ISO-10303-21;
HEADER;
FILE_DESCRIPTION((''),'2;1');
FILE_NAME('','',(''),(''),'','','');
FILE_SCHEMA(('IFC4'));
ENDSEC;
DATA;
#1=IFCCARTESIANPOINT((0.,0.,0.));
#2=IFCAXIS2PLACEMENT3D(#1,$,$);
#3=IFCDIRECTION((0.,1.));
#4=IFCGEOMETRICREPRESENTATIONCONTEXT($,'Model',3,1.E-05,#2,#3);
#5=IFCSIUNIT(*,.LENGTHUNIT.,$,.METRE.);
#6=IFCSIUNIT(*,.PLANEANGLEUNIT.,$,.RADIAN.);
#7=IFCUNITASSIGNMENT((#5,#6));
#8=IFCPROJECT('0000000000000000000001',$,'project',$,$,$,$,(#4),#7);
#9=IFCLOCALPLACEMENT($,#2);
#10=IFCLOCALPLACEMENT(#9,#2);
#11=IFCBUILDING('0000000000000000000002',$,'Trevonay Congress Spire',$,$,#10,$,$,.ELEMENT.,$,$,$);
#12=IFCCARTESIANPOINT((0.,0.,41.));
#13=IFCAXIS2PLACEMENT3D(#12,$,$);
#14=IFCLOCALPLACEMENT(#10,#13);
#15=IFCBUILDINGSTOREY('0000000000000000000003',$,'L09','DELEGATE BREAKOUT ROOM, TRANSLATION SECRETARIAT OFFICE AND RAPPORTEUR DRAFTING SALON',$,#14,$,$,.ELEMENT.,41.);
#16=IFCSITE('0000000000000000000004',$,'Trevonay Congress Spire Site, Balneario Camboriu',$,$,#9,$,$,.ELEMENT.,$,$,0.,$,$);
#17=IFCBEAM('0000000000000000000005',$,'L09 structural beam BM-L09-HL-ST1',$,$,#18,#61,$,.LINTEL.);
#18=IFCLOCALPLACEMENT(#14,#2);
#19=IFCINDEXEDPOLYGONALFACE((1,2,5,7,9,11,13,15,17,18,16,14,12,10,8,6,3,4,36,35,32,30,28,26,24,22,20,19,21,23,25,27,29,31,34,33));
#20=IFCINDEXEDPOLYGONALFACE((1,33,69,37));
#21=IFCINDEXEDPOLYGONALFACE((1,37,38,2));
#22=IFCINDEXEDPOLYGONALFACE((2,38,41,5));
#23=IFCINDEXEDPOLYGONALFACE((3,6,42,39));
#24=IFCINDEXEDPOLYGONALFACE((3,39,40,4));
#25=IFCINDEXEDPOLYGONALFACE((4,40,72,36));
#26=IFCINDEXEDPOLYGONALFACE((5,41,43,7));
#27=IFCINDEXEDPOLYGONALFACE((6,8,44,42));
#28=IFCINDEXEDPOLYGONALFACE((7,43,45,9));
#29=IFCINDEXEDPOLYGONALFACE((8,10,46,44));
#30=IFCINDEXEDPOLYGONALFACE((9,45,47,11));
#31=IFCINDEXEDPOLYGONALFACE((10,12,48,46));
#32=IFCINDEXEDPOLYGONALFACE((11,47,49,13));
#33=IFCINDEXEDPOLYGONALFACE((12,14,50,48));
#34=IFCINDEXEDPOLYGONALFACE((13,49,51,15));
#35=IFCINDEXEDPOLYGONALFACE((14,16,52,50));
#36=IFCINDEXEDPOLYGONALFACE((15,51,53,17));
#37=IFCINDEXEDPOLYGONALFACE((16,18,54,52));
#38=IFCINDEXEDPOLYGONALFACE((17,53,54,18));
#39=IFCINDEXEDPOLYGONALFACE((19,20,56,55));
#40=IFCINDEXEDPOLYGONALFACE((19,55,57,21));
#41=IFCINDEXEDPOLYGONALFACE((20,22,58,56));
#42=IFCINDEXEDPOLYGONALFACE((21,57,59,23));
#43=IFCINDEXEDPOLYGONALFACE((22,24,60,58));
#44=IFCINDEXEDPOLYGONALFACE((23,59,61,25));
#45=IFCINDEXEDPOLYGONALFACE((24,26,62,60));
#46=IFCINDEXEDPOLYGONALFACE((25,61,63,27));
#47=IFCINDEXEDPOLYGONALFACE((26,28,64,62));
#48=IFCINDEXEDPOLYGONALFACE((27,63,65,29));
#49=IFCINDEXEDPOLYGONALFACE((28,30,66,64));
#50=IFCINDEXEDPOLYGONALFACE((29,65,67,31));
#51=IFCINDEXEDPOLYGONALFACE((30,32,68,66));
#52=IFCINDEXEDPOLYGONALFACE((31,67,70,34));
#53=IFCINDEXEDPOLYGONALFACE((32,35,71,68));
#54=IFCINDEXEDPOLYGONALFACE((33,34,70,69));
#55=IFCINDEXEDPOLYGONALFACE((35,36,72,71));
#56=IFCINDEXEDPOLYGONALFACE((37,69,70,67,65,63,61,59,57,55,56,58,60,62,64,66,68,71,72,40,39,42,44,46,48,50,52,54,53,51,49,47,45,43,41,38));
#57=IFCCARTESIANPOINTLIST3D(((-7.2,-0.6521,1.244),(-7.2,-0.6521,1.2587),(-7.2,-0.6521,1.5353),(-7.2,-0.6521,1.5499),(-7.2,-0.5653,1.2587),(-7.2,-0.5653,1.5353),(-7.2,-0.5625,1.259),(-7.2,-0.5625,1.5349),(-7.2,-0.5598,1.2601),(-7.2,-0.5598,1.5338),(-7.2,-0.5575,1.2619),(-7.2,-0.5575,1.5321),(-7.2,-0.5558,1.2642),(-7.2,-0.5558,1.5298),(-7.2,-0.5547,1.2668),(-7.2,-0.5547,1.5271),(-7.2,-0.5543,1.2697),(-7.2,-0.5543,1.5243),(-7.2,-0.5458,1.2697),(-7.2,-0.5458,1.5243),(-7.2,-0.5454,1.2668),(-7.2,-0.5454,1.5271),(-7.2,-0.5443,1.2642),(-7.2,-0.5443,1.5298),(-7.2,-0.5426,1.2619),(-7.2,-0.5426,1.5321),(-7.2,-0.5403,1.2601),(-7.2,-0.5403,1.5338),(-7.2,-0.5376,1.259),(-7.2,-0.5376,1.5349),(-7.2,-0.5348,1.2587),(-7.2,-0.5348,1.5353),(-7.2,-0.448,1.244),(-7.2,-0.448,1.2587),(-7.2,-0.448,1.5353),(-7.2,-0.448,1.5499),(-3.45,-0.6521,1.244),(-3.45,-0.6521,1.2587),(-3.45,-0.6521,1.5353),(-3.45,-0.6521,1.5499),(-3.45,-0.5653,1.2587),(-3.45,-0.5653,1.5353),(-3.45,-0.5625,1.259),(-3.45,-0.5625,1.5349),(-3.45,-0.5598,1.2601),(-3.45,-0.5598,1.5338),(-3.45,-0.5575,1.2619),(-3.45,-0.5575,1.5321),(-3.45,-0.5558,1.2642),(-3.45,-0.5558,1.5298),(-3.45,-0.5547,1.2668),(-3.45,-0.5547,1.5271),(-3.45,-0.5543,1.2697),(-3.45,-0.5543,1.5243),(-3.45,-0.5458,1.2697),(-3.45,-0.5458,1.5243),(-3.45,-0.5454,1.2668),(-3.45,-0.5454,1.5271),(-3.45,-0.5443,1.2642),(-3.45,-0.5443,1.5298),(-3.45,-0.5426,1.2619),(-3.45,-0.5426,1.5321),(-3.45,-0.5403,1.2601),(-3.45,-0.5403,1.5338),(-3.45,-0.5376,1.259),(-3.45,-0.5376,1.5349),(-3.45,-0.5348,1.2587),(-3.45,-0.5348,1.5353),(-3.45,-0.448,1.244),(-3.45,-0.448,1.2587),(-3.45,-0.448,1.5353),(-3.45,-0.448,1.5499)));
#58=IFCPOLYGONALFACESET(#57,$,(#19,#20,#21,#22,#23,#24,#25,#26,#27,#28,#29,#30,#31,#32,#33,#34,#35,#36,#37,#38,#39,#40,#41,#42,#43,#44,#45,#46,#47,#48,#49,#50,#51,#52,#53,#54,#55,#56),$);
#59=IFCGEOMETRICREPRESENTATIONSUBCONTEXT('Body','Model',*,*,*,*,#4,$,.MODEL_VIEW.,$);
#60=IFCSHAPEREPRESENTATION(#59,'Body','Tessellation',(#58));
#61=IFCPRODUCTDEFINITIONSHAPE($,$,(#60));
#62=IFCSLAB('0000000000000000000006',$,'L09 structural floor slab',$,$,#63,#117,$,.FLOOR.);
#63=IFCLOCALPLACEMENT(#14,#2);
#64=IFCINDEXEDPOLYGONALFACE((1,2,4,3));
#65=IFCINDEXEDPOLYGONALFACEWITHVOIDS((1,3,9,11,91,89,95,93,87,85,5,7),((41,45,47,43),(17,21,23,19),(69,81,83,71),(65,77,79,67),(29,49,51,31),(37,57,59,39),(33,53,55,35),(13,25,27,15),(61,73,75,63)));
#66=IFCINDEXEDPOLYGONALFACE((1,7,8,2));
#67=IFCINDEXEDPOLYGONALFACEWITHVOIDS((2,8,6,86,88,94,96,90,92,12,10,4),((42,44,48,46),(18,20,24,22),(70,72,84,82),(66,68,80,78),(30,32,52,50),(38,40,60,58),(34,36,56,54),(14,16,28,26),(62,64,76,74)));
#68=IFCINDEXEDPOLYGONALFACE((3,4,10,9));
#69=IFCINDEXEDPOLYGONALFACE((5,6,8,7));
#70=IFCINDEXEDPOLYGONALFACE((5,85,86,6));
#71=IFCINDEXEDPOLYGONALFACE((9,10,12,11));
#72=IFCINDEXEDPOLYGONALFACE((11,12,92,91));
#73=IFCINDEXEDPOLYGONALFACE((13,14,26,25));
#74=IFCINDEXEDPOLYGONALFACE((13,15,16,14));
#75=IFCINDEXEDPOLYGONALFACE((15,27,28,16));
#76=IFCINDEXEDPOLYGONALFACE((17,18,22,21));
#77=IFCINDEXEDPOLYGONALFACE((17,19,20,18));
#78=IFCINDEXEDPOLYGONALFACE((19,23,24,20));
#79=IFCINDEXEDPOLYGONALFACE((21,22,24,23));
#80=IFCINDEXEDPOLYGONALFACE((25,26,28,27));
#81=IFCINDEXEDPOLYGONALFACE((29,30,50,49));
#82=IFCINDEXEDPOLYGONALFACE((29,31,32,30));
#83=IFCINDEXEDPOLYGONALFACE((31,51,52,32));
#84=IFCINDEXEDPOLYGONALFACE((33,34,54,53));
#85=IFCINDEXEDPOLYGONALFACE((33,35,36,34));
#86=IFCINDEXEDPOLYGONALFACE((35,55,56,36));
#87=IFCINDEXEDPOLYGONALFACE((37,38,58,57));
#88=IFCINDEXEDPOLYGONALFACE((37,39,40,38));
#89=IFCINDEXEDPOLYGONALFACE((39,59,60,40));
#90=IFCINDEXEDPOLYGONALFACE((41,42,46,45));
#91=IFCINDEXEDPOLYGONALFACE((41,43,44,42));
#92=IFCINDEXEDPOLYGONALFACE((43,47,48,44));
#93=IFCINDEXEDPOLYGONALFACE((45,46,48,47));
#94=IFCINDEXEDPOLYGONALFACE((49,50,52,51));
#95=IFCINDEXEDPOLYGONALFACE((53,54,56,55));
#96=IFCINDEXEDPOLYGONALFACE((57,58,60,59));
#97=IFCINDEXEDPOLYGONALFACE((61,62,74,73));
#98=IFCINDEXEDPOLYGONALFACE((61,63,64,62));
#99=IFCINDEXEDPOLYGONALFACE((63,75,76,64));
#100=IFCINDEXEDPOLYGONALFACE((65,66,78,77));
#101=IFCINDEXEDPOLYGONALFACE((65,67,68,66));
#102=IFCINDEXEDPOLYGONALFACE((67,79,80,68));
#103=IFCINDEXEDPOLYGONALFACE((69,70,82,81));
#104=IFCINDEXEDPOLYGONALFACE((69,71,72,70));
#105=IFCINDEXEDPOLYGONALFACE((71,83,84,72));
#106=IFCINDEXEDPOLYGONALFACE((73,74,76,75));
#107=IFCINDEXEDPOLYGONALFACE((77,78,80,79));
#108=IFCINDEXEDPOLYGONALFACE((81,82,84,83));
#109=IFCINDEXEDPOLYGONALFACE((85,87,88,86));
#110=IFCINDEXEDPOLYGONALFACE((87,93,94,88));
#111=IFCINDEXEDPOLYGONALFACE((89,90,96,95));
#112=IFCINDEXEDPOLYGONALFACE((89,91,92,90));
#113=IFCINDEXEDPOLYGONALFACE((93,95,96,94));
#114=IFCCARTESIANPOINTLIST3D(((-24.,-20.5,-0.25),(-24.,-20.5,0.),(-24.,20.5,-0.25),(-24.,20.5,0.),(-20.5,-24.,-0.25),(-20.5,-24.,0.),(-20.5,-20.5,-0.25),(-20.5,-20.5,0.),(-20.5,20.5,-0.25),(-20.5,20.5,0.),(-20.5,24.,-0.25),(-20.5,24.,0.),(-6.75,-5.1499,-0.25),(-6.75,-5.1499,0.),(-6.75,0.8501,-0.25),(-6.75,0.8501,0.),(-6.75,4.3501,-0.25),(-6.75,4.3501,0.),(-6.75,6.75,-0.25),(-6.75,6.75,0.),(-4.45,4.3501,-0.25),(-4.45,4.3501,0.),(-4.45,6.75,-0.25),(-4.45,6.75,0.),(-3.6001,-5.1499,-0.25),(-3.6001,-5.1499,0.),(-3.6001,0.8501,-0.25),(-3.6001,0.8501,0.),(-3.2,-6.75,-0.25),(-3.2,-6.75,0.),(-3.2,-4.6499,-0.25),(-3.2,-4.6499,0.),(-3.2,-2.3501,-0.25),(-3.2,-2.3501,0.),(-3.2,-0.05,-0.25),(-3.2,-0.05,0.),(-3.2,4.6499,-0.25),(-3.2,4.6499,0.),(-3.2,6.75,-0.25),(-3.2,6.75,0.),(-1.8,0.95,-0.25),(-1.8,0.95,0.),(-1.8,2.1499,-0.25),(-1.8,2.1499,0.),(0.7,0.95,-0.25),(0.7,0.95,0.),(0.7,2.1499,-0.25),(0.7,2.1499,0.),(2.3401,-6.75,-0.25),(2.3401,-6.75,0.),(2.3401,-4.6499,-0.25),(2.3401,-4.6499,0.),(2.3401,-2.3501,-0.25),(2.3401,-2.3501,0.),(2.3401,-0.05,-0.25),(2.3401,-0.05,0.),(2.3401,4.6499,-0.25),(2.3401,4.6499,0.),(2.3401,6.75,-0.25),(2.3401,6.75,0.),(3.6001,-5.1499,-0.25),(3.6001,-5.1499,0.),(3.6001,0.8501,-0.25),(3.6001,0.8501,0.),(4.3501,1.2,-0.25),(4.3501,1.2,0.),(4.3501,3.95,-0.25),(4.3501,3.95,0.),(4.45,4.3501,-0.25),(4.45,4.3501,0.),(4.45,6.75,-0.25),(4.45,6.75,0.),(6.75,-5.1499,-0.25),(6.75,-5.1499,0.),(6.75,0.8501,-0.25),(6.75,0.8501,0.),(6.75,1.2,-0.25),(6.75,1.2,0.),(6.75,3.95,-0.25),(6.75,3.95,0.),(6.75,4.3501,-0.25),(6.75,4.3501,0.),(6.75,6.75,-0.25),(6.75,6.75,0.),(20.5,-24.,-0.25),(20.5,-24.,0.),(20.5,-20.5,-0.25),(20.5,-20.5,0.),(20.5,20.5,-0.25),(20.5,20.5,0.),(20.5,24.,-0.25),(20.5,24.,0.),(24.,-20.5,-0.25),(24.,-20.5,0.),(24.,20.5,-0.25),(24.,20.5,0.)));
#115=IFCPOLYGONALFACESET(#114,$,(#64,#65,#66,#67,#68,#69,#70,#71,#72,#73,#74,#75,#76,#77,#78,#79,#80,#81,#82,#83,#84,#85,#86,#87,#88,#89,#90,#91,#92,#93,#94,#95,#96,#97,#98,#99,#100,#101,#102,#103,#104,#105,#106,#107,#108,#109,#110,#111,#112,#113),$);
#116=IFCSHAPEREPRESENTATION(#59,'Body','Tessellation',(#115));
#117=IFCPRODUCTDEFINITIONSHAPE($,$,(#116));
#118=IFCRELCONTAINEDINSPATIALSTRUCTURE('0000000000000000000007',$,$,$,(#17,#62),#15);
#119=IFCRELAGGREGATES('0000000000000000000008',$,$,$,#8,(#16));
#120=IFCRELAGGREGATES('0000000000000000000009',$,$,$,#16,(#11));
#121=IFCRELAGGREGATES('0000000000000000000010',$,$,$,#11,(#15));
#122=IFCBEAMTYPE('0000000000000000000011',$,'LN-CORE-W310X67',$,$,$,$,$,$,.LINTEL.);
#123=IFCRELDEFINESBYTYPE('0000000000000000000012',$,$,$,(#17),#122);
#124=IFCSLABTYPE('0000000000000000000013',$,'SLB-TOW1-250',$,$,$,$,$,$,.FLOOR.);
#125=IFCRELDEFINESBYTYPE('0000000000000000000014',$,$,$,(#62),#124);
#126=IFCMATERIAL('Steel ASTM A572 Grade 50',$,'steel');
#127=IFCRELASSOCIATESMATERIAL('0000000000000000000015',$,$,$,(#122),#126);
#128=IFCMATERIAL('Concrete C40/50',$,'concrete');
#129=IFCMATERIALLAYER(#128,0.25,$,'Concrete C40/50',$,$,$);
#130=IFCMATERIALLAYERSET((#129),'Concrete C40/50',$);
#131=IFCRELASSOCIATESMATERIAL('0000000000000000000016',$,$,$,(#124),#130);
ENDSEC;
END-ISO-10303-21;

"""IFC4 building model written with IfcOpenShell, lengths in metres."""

from ifc_helpers import new_model, si_unit, direction, frame, origin, origin_2d, place, context, subcontext, project, spatial, polyline, i_section, outline, extrude, material, layer, layer_set, material_profile, profile_set, type_object, element, save


model = new_model("IFC4")

# Units and contexts
model_context = context("Model", 3, precision=1e-05, world=origin(), true_north=direction((0.0, 1.0)))
body_context = subcontext(model_context, "Body", "Model", "MODEL_VIEW")
ifc_project = project(units=[si_unit("LENGTHUNIT", "METRE"), si_unit("PLANEANGLEUNIT", "RADIAN")], contexts=[model_context])

# Site, building, storey
site_placement = place(None, origin())
site = spatial("IfcSite", under=ifc_project, at=site_placement, Name="Trevonay Congress Spire Site, Balneario Camboriu", CompositionType="ELEMENT", RefElevation=0.0)
building_placement = place(site_placement, origin())
building = spatial("IfcBuilding", under=site, at=building_placement, Name="Trevonay Congress Spire", CompositionType="ELEMENT")
storey_placement = place(building_placement, frame((0.0, 0.0, 41.0)))
storey = spatial("IfcBuildingStorey", under=building, at=storey_placement, Name="L09", Description="DELEGATE BREAKOUT ROOM, TRANSLATION SECRETARIAT OFFICE AND RAPPORTEUR DRAFTING SALON", CompositionType="ELEMENT", Elevation=41.0)

# Shared definitions
ifc_material_1 = material(Name="Steel ASTM A572 Grade 50", Category="steel")

# Beam
ifc_material_profile_1 = material_profile(ifc_material_1, i_section(OverallWidth=0.2041, OverallDepth=0.3059, WebThickness=0.0085, FlangeThickness=0.0146, FilletRadius=0.011, at=origin_2d()), Name="W310x67")
ifc_profile_set_1 = profile_set([ifc_material_profile_1], Name="Steel ASTM A572 Grade 50")
beam_type_1 = type_object("IfcBeamType", Name="LN-CORE-W310X67", PredefinedType="LINTEL", material=ifc_profile_set_1)
beam_1_placement = place(storey_placement, frame((-7.2, -0.55, 1.397), z_axis=(1.0, 0.0, 0.0), x_axis=(0.0, 1.0, 0.0)))
element("IfcBeam", 1, at=beam_1_placement, inside=storey, type_object=beam_type_1, Name="L09 structural beam BM-L09-HL-ST1", PredefinedType="LINTEL", context=body_context, shape_type="SweptSolid", body=[
    extrude(i_section(OverallWidth=0.2041, OverallDepth=0.3059, WebThickness=0.0085, FlangeThickness=0.0146, FilletRadius=0.011, at=origin_2d()), origin(), (0.0, 0.0, 1.0), 3.75),
])

# Slab
ifc_material_2 = material(Name="Concrete C40/50", Category="concrete")
ifc_layer_1 = layer(ifc_material_2, 0.25, Name="Concrete C40/50")
ifc_layer_set_1 = layer_set([ifc_layer_1], Name="Concrete C40/50")
slab_type = type_object("IfcSlabType", Name="SLB-TOW1-250", PredefinedType="FLOOR", material=ifc_layer_set_1)
slab_placement = place(storey_placement, frame((0.0, 0.0, -0.25)))
element("IfcSlab", 2, at=slab_placement, inside=storey, type_object=slab_type, Name="L09 structural floor slab", PredefinedType="FLOOR", context=body_context, shape_type="SweptSolid", body=[
    extrude(outline(polyline([(-20.5, -24.0), (20.5, -24.0), (20.5, -20.5), (24.0, -20.5), (24.0, 20.5), (20.5, 20.5), (20.5, 24.0), (-20.5, 24.0), (-20.5, 20.5), (-24.0, 20.5), (-24.0, -20.5), (-20.5, -20.5), (-20.5, -24.0)]), holes=[polyline([(-3.6001, -5.1499), (-3.6001, 0.8501), (-6.75, 0.8501), (-6.75, -5.1499), (-3.6001, -5.1499)]), polyline([(6.75, -5.1499), (6.75, 0.8501), (3.6001, 0.8501), (3.6001, -5.1499), (6.75, -5.1499)]), polyline([(-3.2, -6.75), (2.3401, -6.75), (2.3401, -4.6499), (-3.2, -4.6499), (-3.2, -6.75)]), polyline([(-3.2, -2.3501), (2.3401, -2.3501), (2.3401, -0.05), (-3.2, -0.05), (-3.2, -2.3501)]), polyline([(-3.2, 4.6499), (2.3401, 4.6499), (2.3401, 6.75), (-3.2, 6.75), (-3.2, 4.6499)]), polyline([(-6.75, 4.3501), (-4.45, 4.3501), (-4.45, 6.75), (-6.75, 6.75), (-6.75, 4.3501)]), polyline([(4.45, 4.3501), (6.75, 4.3501), (6.75, 6.75), (4.45, 6.75), (4.45, 4.3501)]), polyline([(4.3501, 1.2), (6.75, 1.2), (6.75, 3.95), (4.3501, 3.95), (4.3501, 1.2)]), polyline([(-1.8, 0.95), (0.7, 0.95), (0.7, 2.1499), (-1.8, 2.1499), (-1.8, 0.95)])]), origin(), (0.0, 0.0, 1.0), 0.25),
])

save(model, "model.ifc")
